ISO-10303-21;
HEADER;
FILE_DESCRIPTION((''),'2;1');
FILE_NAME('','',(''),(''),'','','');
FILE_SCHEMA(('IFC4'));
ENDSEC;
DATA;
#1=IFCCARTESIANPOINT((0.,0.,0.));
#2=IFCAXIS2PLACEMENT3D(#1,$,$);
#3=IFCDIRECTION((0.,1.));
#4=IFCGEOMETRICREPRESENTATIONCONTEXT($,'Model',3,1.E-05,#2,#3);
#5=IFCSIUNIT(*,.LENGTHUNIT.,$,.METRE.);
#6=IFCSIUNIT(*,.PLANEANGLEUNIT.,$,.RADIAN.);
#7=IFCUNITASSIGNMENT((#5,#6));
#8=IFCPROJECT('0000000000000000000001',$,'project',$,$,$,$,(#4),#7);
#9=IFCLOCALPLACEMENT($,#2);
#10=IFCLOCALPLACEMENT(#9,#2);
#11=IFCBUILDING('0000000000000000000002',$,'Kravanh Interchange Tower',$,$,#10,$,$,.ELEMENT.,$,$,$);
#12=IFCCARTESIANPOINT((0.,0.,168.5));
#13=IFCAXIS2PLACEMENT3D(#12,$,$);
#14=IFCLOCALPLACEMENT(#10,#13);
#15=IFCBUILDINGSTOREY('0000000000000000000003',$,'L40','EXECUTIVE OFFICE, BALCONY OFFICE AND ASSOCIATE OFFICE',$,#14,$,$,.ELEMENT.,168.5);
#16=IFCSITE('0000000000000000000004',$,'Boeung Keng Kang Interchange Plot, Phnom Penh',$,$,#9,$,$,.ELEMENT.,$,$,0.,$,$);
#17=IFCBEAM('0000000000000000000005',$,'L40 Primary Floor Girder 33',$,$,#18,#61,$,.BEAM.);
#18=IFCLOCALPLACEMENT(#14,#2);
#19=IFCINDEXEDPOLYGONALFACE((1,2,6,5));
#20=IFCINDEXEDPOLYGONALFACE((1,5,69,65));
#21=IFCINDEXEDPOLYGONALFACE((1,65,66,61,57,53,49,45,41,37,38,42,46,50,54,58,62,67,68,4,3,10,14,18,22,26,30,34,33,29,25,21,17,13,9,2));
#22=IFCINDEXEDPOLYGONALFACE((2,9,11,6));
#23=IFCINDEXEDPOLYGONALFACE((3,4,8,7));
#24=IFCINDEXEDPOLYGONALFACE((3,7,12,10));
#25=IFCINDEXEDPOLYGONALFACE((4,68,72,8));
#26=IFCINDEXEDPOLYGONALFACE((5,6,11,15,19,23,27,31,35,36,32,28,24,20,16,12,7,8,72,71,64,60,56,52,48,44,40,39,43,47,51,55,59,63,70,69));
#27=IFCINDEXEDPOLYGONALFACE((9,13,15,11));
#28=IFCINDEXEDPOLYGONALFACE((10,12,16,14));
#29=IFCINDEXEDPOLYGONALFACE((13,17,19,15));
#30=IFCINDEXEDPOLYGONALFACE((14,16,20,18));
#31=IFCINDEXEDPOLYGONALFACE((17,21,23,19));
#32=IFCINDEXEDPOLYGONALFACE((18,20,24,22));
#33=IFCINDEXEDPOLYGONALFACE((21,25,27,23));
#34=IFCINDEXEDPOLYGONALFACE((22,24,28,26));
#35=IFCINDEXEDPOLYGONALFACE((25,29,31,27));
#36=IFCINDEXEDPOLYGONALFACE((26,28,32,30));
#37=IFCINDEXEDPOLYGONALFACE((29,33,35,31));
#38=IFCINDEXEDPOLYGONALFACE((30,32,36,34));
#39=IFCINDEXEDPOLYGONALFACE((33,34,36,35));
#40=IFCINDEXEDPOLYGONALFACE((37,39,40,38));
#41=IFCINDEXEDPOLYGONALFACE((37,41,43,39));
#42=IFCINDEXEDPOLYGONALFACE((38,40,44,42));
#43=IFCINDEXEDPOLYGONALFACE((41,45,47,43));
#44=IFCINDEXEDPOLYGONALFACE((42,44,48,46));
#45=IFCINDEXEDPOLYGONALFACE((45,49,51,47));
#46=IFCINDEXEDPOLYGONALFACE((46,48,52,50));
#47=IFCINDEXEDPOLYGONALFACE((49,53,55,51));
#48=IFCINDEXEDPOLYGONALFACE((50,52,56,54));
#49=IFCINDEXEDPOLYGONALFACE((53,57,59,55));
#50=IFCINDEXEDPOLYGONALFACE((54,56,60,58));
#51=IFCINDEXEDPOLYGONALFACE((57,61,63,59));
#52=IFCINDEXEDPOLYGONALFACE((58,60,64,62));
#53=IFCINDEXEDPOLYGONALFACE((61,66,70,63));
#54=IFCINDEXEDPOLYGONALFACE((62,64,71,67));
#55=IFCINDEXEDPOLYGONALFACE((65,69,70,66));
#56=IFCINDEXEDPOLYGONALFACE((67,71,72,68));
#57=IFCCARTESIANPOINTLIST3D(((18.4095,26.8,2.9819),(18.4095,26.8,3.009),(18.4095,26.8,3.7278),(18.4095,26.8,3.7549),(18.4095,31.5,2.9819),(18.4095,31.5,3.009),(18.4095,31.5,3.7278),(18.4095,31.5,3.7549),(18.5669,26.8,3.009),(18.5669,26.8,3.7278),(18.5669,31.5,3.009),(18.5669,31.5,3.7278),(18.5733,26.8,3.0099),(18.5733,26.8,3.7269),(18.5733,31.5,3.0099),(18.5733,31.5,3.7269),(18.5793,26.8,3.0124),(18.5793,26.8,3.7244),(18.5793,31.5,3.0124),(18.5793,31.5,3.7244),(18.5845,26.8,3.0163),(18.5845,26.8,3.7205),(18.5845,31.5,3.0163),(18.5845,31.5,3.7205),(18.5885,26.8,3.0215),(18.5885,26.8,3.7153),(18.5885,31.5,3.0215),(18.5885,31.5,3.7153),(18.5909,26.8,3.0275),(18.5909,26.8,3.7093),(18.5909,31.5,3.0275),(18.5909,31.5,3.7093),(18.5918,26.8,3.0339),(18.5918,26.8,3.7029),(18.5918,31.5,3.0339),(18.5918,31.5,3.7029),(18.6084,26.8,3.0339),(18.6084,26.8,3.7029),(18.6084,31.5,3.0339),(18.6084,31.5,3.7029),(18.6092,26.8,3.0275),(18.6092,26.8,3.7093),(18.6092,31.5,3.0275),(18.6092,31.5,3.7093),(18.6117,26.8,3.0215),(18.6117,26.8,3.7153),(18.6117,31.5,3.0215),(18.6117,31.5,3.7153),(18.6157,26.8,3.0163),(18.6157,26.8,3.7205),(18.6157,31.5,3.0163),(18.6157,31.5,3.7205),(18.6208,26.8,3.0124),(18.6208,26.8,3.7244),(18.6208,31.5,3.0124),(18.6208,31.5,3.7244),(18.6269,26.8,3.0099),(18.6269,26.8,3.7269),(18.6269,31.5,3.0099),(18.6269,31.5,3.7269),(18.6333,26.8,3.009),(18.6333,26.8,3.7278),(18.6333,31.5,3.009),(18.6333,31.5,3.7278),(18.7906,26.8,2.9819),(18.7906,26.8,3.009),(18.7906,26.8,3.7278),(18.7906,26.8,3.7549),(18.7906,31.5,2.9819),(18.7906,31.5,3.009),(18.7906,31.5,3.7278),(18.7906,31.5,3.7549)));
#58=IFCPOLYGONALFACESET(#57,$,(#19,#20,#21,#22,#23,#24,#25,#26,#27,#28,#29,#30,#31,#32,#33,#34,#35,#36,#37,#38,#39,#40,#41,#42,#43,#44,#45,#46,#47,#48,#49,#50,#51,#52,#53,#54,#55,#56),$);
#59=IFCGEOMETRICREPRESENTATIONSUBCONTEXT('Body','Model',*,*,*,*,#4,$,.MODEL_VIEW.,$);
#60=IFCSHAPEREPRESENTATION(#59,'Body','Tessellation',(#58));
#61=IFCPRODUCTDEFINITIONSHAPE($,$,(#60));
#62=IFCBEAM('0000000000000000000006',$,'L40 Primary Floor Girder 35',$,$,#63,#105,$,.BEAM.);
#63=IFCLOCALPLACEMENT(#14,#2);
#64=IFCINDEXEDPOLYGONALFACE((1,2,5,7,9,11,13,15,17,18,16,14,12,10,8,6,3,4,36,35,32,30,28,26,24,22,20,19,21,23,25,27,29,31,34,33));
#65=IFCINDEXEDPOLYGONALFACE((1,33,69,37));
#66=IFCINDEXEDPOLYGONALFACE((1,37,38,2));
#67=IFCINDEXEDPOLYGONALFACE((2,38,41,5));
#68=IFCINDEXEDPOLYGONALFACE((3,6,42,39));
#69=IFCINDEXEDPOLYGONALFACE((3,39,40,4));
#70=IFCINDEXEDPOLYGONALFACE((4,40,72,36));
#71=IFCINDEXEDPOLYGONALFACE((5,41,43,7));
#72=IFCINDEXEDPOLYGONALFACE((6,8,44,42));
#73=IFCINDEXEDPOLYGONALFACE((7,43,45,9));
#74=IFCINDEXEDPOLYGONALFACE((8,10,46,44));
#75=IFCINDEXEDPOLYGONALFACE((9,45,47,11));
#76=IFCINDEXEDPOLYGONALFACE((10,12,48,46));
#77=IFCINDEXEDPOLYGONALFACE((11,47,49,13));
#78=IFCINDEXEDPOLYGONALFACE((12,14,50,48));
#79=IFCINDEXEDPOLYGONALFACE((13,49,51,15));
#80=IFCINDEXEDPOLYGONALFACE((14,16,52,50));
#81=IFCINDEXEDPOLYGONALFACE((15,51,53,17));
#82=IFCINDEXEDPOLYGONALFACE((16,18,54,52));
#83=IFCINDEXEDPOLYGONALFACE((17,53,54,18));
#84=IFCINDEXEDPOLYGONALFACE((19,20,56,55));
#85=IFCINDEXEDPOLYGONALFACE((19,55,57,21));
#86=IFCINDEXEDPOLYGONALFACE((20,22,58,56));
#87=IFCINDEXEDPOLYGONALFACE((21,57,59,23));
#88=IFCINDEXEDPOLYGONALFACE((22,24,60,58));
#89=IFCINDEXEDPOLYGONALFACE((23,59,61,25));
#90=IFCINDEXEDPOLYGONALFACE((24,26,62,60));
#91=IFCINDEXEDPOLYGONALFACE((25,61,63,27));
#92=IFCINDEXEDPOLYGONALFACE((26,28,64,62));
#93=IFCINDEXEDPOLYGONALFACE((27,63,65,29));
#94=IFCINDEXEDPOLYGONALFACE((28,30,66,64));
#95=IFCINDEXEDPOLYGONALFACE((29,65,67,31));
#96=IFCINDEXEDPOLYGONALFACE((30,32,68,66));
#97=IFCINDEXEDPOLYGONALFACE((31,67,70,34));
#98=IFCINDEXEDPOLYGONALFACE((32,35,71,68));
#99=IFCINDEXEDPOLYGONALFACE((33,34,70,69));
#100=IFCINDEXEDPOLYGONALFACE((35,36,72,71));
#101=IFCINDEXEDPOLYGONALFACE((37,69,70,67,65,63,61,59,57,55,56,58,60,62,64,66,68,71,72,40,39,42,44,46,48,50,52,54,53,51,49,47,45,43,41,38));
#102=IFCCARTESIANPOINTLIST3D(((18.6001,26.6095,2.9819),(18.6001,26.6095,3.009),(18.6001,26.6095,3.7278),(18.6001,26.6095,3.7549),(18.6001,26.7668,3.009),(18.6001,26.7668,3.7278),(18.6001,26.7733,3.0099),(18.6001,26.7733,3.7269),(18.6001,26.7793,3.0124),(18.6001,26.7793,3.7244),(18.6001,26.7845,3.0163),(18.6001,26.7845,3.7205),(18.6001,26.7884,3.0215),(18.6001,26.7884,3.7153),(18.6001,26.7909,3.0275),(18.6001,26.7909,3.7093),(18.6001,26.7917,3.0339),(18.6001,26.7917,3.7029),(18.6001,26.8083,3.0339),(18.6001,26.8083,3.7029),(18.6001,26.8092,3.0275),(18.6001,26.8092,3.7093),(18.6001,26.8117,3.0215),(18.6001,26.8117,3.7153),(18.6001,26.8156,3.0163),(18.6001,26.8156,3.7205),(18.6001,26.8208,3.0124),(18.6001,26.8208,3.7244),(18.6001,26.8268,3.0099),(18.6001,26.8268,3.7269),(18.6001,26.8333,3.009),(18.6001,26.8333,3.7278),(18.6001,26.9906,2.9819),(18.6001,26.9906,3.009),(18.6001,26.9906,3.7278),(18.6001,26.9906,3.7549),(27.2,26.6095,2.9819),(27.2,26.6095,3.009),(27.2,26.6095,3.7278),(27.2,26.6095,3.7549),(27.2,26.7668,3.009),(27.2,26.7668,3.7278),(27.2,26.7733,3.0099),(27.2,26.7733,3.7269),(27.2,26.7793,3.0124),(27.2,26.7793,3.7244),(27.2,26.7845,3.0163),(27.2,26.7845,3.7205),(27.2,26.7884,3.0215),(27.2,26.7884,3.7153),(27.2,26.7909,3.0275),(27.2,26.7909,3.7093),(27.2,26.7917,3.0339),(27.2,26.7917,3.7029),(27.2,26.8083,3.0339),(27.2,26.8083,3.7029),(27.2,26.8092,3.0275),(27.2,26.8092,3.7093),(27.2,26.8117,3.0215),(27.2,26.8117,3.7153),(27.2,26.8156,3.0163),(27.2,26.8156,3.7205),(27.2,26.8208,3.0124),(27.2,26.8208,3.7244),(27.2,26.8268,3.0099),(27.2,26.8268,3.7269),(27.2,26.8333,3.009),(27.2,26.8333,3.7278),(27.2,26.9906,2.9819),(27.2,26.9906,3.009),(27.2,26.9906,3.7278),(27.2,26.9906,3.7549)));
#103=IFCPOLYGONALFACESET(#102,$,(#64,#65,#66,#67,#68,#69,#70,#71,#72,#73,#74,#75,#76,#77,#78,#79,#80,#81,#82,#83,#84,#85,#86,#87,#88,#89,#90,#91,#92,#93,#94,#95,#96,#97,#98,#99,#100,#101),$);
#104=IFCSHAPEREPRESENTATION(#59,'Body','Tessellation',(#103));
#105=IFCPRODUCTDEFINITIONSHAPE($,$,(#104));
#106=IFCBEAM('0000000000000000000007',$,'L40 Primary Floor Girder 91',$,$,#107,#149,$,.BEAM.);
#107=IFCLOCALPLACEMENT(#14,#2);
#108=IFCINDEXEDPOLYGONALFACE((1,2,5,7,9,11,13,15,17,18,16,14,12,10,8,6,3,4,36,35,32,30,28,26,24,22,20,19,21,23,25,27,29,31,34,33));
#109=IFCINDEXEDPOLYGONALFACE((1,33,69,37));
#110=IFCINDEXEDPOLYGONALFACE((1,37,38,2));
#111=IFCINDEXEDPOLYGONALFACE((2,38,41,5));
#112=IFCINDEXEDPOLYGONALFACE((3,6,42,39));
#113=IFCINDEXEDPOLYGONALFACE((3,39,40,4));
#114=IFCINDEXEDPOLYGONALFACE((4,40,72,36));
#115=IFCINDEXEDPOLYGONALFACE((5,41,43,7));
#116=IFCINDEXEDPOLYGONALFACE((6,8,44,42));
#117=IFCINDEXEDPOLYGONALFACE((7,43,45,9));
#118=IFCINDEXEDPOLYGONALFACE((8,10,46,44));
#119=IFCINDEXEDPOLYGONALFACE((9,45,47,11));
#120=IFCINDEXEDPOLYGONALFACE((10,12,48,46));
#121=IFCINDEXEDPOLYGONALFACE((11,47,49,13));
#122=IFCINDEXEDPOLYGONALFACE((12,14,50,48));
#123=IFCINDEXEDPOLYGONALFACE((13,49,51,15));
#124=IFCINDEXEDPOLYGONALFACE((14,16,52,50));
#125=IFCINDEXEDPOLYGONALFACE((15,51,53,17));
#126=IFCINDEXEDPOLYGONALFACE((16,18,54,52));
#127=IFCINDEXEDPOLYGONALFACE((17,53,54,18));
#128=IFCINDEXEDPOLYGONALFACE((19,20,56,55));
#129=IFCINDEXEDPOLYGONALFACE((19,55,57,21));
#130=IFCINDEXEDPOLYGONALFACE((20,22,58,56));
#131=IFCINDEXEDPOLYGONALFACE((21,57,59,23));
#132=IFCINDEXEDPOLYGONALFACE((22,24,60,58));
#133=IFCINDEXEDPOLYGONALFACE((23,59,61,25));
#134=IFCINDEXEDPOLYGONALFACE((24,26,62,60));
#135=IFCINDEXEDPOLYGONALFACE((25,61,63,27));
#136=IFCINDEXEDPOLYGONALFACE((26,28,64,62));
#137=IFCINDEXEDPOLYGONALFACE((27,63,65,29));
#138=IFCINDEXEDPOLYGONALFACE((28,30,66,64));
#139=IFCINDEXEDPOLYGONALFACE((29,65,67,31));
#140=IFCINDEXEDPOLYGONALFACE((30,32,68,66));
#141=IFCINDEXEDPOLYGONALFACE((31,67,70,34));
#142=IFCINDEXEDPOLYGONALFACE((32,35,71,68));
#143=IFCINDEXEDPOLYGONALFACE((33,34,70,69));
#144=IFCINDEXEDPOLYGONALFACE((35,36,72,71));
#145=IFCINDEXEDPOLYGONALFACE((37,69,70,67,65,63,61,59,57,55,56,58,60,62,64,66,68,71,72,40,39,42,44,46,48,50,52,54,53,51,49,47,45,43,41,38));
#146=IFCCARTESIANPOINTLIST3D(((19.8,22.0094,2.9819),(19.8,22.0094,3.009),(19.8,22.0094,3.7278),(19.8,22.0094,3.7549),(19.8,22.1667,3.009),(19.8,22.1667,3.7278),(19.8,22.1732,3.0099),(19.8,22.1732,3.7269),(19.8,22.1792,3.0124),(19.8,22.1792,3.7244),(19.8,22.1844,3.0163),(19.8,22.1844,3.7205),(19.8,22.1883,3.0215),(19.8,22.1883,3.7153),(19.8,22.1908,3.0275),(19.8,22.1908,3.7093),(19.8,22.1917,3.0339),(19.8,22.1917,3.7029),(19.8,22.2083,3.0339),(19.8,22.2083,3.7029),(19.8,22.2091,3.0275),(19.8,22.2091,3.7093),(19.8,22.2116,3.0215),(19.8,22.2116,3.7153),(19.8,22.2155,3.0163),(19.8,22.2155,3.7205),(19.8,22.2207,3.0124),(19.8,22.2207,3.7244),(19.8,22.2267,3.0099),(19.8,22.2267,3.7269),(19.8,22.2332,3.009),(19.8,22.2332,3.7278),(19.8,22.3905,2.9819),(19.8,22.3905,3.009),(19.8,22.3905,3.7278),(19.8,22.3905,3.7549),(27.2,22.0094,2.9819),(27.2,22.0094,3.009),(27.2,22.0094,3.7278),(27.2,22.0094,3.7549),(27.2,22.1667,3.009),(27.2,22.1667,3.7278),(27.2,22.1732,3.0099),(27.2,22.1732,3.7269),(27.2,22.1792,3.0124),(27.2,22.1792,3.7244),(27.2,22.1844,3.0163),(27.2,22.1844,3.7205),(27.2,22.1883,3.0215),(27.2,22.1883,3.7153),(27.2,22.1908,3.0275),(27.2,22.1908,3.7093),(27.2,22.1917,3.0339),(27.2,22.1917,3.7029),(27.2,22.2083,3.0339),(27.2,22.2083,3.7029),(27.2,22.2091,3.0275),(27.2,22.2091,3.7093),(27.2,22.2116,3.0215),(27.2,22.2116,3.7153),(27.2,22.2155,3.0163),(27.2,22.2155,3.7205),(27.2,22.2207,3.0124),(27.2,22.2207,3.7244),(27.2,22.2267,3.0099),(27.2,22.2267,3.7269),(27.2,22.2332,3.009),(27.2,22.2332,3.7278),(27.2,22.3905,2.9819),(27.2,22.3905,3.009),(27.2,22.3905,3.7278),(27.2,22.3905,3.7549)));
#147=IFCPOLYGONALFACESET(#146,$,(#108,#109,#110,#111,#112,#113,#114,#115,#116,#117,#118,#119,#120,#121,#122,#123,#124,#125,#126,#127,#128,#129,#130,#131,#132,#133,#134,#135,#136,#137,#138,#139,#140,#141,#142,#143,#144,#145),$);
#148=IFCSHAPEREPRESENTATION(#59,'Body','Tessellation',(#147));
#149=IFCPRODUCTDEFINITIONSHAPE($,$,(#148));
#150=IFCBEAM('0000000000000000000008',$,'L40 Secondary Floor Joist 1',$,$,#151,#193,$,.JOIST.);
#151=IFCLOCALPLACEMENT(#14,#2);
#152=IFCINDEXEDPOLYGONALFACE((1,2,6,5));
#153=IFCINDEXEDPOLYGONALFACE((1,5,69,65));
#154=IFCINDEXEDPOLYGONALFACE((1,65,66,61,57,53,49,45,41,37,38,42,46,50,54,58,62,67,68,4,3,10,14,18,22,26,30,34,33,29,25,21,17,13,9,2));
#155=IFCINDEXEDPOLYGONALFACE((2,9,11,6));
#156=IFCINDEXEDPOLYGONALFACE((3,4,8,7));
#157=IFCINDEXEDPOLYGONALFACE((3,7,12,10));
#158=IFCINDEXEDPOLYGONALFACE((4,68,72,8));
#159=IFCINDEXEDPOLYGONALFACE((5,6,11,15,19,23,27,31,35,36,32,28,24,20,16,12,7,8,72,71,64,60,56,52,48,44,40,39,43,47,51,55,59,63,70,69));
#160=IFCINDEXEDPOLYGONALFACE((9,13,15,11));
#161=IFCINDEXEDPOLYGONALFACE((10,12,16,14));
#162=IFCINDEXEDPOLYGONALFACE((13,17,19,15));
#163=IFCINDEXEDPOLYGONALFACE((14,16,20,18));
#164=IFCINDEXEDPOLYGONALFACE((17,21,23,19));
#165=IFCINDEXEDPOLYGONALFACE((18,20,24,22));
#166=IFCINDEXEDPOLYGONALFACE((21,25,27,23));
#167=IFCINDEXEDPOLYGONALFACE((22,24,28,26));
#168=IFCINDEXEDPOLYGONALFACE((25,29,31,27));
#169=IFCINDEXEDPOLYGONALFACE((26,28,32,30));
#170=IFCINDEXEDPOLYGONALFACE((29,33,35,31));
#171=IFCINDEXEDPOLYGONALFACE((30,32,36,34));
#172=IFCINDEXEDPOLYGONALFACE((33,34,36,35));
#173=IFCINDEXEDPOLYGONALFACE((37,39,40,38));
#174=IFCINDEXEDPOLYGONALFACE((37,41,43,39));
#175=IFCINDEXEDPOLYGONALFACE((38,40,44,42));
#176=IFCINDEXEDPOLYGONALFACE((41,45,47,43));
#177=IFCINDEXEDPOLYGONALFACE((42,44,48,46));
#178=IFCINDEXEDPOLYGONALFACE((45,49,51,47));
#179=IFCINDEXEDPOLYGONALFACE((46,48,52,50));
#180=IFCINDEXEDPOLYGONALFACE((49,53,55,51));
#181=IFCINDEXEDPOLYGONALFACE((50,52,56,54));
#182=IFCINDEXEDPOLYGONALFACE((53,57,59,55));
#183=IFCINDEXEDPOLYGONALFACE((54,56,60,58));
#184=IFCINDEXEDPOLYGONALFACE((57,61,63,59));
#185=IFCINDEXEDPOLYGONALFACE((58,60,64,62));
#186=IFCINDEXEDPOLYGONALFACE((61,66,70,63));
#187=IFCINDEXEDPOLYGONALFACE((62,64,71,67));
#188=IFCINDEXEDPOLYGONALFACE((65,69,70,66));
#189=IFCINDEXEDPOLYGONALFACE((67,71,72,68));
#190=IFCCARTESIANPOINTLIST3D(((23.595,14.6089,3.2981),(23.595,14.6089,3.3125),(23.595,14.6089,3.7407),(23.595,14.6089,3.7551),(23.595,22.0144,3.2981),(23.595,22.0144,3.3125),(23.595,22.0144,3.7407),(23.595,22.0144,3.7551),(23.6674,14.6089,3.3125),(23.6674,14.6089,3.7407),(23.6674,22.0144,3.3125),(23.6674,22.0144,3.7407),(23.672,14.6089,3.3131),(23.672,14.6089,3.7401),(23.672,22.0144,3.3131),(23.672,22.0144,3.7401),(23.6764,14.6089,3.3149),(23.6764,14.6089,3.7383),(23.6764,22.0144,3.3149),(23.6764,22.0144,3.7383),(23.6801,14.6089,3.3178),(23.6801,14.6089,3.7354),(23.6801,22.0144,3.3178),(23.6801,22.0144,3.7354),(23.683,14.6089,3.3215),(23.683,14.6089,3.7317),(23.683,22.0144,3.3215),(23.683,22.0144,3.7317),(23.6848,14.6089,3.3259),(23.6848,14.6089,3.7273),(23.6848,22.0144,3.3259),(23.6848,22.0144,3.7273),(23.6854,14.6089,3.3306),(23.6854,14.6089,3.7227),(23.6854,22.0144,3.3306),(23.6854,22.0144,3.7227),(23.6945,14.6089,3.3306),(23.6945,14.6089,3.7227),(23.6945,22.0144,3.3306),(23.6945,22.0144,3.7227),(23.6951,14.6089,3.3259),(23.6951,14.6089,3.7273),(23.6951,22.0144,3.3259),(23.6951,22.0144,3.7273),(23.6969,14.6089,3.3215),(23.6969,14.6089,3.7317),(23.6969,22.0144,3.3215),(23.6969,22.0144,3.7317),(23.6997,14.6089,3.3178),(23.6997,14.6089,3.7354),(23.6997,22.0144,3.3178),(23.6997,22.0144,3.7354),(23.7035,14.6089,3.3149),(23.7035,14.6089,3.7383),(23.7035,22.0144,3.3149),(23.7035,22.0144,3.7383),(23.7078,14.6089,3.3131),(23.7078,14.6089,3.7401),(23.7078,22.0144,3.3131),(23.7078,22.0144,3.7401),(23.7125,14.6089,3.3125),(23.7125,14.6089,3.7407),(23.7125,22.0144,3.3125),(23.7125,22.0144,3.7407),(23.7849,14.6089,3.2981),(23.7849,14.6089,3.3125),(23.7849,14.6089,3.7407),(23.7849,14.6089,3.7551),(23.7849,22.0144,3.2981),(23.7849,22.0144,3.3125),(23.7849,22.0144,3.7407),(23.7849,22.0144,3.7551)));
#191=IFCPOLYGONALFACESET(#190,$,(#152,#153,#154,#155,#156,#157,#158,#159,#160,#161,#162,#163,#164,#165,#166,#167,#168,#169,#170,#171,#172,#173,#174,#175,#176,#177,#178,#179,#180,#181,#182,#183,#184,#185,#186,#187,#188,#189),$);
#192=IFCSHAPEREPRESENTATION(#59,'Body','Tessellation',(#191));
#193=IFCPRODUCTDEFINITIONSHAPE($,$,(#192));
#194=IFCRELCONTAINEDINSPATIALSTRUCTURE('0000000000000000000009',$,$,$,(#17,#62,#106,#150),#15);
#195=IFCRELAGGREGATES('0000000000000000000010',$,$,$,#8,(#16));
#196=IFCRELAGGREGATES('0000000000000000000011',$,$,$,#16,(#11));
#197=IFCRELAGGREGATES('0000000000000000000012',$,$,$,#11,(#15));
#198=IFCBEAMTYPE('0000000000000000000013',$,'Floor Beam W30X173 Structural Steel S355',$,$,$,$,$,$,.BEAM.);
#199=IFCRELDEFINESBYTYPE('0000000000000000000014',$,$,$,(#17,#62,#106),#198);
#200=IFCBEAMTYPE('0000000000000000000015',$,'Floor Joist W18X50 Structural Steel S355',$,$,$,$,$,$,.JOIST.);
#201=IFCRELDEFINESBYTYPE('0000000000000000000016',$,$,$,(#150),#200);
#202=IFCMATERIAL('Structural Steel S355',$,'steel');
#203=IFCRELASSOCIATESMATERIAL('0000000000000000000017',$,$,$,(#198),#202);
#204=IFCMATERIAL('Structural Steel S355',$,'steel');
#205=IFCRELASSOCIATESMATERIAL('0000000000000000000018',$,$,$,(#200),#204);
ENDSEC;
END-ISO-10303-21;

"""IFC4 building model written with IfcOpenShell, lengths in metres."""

from ifc_helpers import new_model, si_unit, direction, frame, origin, origin_2d, place, context, subcontext, project, spatial, i_section, extrude, material, material_profile, profile_set, type_object, element, save


model = new_model("IFC4")

# Units and contexts
model_context = context("Model", 3, precision=1e-05, world=origin(), true_north=direction((0.0, 1.0)))
body_context = subcontext(model_context, "Body", "Model", "MODEL_VIEW")
ifc_project = project(units=[si_unit("LENGTHUNIT", "METRE"), si_unit("PLANEANGLEUNIT", "RADIAN")], contexts=[model_context])

# Site, building, storey
site_placement = place(None, origin())
site = spatial("IfcSite", under=ifc_project, at=site_placement, Name="Boeung Keng Kang Interchange Plot, Phnom Penh", CompositionType="ELEMENT", RefElevation=0.0)
building_placement = place(site_placement, origin())
building = spatial("IfcBuilding", under=site, at=building_placement, Name="Kravanh Interchange Tower", CompositionType="ELEMENT")
storey_placement = place(building_placement, frame((0.0, 0.0, 168.5)))
storey = spatial("IfcBuildingStorey", under=building, at=storey_placement, Name="L40", Description="EXECUTIVE OFFICE, BALCONY OFFICE AND ASSOCIATE OFFICE", CompositionType="ELEMENT", Elevation=168.5)

# Beams
ifc_material_1 = material(Name="Structural Steel S355", Category="steel")
ifc_material_profile_1 = material_profile(ifc_material_1, i_section(OverallWidth=0.3811, OverallDepth=0.7729, WebThickness=0.0166, FlangeThickness=0.0271, FilletRadius=0.0249, at=origin_2d()), Name="W30X173")
ifc_profile_set_1 = profile_set([ifc_material_profile_1], Name="Structural Steel S355")
beam_type_1 = type_object("IfcBeamType", Name="Floor Beam W30X173 Structural Steel S355", PredefinedType="BEAM", material=ifc_profile_set_1)
beam_1_placement = place(storey_placement, frame((18.6001, 26.8, 3.3684), z_axis=(0.0, 1.0, 0.0), x_axis=(-1.0, 0.0, 0.0)))
element("IfcBeam", 1, at=beam_1_placement, inside=storey, type_object=beam_type_1, Name="L40 Primary Floor Girder 33", PredefinedType="BEAM", context=body_context, shape_type="SweptSolid", body=[
    extrude(i_section(OverallWidth=0.3811, OverallDepth=0.7729, WebThickness=0.0166, FlangeThickness=0.0271, FilletRadius=0.0249, at=origin_2d()), origin(), (0.0, 0.0, 1.0), 4.7),
])
beam_2_placement = place(storey_placement, frame((18.6001, 26.8, 3.3684), z_axis=(1.0, 0.0, 0.0), x_axis=(0.0, 1.0, 0.0)))
element("IfcBeam", 2, at=beam_2_placement, inside=storey, type_object=beam_type_1, Name="L40 Primary Floor Girder 35", PredefinedType="BEAM", context=body_context, shape_type="SweptSolid", body=[
    extrude(i_section(OverallWidth=0.3811, OverallDepth=0.7729, WebThickness=0.0166, FlangeThickness=0.0271, FilletRadius=0.0249, at=origin_2d()), origin(), (0.0, 0.0, 1.0), 8.5999),
])
beam_3_placement = place(storey_placement, frame((19.8, 22.2, 3.3684), z_axis=(1.0, 0.0, 0.0), x_axis=(0.0, 1.0, 0.0)))
element("IfcBeam", 3, at=beam_3_placement, inside=storey, type_object=beam_type_1, Name="L40 Primary Floor Girder 91", PredefinedType="BEAM", context=body_context, shape_type="SweptSolid", body=[
    extrude(i_section(OverallWidth=0.3811, OverallDepth=0.7729, WebThickness=0.0166, FlangeThickness=0.0271, FilletRadius=0.0249, at=origin_2d()), origin(), (0.0, 0.0, 1.0), 7.3999),
])
ifc_material_2 = material(Name="Structural Steel S355", Category="steel")
ifc_material_profile_2 = material_profile(ifc_material_2, i_section(OverallWidth=0.1899, OverallDepth=0.457, WebThickness=0.009, FlangeThickness=0.0144, FilletRadius=0.0181, at=origin_2d()), Name="W18X50")
ifc_profile_set_2 = profile_set([ifc_material_profile_2], Name="Structural Steel S355")
beam_type_2 = type_object("IfcBeamType", Name="Floor Joist W18X50 Structural Steel S355", PredefinedType="JOIST", material=ifc_profile_set_2)
for number, where, z_axis, x_axis, name in (
    (4, (23.6899, 14.6089, 3.5266), (0.0, 1.0, 0.0), (-1.0, 0.0, 0.0), "L40 Secondary Floor Joist 1"),
):
    element("IfcBeam", number, at=place(storey_placement, frame(where, z_axis=z_axis, x_axis=x_axis)), inside=storey, type_object=beam_type_2, Name=name, PredefinedType="JOIST", context=body_context, shape_type="SweptSolid", body=[
        extrude(i_section(OverallWidth=0.1899, OverallDepth=0.457, WebThickness=0.009, FlangeThickness=0.0144, FilletRadius=0.0181, at=origin_2d()), origin(), (0.0, 0.0, 1.0), 7.4055),
    ])

save(model, "model.ifc")
